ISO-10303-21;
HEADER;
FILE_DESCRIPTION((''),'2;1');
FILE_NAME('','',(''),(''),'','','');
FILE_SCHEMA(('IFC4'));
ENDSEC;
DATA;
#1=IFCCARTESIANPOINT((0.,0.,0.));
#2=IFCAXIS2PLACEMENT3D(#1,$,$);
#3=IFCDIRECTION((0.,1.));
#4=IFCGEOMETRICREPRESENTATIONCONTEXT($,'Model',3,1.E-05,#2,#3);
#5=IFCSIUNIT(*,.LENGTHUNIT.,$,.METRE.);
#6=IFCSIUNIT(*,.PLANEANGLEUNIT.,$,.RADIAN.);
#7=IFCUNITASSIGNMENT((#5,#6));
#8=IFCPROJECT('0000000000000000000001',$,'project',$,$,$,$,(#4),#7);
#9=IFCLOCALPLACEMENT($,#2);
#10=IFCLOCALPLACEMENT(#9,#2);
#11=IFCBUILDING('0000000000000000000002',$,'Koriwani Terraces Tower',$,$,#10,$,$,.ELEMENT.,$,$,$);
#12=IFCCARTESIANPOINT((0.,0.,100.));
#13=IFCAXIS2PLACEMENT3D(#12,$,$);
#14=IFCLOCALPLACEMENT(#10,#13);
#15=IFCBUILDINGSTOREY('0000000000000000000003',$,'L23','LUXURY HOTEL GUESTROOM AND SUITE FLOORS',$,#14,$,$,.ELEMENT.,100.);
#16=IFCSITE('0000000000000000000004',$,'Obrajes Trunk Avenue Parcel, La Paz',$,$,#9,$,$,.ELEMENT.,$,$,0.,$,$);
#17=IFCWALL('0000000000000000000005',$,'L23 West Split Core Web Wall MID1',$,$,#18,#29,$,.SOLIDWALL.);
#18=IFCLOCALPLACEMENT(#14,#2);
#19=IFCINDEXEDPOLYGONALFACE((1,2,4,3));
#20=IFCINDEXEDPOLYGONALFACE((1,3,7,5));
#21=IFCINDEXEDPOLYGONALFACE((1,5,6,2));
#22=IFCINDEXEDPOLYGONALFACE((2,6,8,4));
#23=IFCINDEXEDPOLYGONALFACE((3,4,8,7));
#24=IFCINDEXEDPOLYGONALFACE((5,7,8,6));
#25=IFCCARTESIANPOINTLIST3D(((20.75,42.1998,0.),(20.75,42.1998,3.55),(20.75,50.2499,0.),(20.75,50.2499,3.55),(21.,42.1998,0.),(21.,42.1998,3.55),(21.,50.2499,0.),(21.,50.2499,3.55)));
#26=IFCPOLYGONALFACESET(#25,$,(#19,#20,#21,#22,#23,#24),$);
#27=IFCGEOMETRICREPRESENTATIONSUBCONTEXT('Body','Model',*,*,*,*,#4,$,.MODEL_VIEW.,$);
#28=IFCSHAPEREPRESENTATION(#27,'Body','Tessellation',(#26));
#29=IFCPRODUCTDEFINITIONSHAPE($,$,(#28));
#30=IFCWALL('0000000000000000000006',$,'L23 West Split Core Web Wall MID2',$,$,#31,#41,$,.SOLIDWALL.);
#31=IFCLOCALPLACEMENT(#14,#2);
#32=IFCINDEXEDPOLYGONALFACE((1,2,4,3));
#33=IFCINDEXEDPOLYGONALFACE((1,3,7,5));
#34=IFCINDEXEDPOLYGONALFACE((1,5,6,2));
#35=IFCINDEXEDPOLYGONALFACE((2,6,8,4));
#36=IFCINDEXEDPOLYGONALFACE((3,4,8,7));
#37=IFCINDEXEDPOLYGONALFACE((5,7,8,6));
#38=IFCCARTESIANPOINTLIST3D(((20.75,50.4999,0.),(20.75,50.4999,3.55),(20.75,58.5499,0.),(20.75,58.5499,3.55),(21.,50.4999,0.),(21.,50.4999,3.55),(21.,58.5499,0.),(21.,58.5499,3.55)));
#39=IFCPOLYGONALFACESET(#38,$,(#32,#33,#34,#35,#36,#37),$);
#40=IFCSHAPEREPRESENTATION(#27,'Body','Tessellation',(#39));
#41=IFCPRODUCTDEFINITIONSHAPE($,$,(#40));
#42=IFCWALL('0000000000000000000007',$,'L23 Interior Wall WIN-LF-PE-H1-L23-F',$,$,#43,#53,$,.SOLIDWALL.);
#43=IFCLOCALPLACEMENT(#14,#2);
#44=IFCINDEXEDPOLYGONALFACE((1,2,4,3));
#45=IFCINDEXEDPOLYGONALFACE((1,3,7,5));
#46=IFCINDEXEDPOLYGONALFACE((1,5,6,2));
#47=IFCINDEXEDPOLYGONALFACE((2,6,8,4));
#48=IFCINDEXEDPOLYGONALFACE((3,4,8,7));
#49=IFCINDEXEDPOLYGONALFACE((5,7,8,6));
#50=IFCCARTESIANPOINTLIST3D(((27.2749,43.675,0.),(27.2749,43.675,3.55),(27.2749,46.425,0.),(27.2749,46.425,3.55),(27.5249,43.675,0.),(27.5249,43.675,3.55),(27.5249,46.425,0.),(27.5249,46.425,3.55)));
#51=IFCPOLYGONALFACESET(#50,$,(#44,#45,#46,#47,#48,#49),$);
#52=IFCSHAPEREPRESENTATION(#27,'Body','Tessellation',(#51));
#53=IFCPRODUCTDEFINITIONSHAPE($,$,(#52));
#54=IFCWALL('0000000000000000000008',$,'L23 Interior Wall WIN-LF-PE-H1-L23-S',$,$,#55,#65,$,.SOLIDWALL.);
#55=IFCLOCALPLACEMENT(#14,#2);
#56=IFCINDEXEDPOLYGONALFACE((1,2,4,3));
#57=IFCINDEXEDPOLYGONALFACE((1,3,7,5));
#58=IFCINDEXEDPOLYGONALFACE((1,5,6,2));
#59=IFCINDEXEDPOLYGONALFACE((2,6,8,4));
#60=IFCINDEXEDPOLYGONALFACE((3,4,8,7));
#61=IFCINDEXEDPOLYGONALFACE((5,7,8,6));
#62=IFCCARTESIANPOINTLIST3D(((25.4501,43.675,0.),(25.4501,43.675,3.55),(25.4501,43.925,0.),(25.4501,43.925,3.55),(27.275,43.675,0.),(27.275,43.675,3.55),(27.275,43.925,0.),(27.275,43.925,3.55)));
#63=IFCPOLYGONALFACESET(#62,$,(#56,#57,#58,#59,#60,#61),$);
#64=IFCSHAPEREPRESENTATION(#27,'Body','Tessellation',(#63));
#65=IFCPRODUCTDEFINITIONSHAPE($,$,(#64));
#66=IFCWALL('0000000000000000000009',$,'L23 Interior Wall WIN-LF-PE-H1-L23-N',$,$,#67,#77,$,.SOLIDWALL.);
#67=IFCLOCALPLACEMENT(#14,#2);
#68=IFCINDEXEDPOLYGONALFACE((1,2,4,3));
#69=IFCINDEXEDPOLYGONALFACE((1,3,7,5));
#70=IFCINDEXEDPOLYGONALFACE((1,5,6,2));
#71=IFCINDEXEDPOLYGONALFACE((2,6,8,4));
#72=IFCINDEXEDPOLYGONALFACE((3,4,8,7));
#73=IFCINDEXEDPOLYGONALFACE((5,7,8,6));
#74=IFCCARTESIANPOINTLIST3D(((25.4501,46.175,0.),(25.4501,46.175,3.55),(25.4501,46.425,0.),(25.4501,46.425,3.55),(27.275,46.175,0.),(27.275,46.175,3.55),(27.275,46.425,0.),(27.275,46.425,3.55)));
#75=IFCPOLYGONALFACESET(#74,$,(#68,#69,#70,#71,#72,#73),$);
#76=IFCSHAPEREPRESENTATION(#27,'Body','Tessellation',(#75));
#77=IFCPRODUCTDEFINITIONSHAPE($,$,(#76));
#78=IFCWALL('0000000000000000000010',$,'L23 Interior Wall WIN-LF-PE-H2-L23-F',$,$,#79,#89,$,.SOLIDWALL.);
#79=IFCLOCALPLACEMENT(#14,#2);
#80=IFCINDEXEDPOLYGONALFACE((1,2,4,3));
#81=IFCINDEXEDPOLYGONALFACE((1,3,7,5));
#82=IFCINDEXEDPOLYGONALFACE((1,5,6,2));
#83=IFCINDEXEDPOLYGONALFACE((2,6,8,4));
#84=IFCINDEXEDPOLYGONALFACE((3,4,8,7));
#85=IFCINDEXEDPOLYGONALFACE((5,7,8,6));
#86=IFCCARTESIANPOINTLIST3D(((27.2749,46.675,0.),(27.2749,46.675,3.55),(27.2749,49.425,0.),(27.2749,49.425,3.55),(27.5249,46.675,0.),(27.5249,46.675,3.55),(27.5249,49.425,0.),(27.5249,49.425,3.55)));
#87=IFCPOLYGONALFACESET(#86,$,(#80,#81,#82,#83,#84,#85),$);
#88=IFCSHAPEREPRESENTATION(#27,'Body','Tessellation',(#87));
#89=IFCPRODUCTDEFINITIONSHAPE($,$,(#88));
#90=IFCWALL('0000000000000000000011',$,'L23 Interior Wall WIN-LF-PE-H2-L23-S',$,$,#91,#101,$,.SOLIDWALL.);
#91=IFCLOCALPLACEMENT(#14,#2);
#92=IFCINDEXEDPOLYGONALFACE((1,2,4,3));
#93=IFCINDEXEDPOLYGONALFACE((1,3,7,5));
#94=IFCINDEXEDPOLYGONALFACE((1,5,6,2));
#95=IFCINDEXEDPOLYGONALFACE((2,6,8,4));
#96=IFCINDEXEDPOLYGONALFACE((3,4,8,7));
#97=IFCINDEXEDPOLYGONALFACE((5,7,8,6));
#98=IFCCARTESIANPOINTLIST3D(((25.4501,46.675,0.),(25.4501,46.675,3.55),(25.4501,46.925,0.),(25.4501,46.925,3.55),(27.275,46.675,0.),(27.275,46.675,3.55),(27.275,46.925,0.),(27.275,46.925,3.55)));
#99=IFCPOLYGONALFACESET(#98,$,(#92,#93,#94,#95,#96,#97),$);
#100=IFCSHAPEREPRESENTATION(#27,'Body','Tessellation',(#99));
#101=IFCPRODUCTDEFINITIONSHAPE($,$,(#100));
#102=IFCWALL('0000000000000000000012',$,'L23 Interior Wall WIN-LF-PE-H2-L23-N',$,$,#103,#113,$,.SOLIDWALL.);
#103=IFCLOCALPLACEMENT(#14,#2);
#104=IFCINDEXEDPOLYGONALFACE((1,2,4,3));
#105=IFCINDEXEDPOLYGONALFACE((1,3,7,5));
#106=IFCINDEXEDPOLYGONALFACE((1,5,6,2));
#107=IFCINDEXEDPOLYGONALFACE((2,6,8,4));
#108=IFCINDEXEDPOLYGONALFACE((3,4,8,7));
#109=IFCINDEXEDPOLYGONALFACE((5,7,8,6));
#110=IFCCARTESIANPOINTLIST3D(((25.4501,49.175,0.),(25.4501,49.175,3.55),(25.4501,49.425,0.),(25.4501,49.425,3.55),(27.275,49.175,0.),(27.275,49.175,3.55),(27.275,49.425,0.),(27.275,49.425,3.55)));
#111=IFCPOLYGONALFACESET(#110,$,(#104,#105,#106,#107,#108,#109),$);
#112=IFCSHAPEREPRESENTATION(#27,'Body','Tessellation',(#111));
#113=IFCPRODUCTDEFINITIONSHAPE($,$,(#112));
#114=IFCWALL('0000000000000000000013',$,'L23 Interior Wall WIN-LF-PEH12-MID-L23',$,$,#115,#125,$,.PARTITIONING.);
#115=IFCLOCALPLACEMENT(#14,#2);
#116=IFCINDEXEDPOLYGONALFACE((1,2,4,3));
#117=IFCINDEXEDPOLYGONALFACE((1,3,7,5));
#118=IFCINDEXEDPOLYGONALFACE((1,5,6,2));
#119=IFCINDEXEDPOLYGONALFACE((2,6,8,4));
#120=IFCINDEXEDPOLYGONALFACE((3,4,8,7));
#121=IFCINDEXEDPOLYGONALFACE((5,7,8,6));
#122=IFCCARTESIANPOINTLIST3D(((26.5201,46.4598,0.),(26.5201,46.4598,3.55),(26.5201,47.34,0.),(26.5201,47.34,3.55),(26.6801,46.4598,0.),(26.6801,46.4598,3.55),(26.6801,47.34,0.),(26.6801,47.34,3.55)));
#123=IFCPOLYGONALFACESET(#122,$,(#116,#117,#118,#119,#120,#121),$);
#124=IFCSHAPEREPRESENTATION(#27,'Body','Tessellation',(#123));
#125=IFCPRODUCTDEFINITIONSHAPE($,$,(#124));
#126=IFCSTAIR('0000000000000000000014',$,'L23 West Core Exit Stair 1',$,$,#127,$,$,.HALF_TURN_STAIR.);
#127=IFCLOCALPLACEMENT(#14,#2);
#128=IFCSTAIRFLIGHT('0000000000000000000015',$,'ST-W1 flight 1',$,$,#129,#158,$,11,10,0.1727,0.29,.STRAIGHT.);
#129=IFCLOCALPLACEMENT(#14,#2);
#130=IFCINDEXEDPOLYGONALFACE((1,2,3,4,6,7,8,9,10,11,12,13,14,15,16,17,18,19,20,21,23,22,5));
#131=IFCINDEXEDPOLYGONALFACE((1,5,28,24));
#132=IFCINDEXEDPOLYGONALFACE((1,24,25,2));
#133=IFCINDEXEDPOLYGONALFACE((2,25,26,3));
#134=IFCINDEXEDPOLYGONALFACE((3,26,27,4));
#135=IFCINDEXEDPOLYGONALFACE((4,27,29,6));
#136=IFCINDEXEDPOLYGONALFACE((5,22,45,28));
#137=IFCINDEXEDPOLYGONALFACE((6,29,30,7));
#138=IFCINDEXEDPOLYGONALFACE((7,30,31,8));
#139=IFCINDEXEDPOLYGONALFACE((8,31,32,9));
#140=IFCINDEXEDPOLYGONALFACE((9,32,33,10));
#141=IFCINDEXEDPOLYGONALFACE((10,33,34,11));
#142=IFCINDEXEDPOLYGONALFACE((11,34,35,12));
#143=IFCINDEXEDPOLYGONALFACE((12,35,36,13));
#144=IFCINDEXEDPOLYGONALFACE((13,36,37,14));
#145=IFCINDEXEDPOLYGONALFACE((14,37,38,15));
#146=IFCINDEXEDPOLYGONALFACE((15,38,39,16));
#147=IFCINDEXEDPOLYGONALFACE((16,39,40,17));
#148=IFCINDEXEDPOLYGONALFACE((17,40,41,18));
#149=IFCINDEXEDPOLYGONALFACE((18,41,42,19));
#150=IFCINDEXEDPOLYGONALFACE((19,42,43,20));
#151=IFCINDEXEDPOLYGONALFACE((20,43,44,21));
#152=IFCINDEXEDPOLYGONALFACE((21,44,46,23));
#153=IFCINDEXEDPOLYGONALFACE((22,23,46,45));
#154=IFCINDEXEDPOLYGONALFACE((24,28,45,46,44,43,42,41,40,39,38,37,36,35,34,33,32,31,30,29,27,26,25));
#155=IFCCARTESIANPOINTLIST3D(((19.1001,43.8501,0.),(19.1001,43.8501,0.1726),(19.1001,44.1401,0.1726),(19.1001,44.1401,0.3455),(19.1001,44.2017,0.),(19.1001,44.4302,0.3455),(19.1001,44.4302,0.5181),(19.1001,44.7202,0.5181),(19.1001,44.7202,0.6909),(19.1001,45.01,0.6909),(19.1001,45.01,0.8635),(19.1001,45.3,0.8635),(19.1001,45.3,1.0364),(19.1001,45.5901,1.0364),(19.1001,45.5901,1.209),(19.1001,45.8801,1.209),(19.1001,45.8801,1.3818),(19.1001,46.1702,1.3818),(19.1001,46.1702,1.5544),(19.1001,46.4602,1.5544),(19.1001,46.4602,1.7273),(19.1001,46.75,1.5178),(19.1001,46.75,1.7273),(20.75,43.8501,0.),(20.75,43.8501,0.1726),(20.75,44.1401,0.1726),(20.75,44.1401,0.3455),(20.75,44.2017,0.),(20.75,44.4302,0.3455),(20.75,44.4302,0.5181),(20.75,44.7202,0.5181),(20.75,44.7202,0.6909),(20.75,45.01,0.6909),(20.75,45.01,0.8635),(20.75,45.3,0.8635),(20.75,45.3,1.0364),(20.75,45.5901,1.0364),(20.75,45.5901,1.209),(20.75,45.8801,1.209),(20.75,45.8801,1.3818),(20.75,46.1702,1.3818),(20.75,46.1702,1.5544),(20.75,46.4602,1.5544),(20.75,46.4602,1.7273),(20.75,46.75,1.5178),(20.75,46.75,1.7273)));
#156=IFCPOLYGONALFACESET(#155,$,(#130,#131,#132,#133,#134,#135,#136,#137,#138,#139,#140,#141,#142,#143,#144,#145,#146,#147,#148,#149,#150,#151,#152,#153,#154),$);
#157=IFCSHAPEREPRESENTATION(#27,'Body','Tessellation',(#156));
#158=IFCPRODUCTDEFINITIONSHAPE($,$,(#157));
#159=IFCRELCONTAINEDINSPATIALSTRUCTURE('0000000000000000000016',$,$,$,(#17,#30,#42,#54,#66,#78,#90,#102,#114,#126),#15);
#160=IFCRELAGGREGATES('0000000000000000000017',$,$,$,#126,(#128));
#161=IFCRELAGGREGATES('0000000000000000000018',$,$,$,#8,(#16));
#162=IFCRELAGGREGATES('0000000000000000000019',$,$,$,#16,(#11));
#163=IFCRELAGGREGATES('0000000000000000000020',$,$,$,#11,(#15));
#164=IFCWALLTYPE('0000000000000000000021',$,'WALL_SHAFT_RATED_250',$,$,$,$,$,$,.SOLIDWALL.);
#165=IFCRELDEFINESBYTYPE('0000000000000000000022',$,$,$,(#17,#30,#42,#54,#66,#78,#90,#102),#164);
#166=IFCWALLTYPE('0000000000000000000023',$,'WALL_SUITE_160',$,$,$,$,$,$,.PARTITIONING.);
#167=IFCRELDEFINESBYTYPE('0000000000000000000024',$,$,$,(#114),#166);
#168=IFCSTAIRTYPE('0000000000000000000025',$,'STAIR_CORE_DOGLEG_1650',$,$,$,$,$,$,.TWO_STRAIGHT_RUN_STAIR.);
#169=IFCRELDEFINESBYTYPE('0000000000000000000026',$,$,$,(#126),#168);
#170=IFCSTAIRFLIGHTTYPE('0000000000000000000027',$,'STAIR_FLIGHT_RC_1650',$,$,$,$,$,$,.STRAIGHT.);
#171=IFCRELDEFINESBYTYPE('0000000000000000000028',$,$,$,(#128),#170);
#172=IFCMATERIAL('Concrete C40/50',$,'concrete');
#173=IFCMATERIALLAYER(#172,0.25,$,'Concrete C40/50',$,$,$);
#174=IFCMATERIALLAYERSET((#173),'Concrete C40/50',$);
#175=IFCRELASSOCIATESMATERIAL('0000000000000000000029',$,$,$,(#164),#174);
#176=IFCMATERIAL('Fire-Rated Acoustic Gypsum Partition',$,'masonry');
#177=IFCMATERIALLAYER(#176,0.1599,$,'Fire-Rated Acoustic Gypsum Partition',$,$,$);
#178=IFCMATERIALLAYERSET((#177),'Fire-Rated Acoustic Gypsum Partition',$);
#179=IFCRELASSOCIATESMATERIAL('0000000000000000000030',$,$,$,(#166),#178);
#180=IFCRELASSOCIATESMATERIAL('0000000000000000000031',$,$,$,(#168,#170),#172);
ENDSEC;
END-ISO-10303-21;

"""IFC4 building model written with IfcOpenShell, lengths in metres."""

from ifc_helpers import new_model, si_unit, direction, frame, frame_2d, origin, place, context, subcontext, project, spatial, polyline, rectangle, outline, extrude, material, layer, layer_set, type_object, element, aggregate, save


model = new_model("IFC4")

# Units and contexts
model_context = context("Model", 3, precision=1e-05, world=origin(), true_north=direction((0.0, 1.0)))
body_context = subcontext(model_context, "Body", "Model", "MODEL_VIEW")
ifc_project = project(units=[si_unit("LENGTHUNIT", "METRE"), si_unit("PLANEANGLEUNIT", "RADIAN")], contexts=[model_context])

# Site, building, storey
site_placement = place(None, origin())
site = spatial("IfcSite", under=ifc_project, at=site_placement, Name="Obrajes Trunk Avenue Parcel, La Paz", CompositionType="ELEMENT", RefElevation=0.0)
building_placement = place(site_placement, origin())
building = spatial("IfcBuilding", under=site, at=building_placement, Name="Koriwani Terraces Tower", CompositionType="ELEMENT")
storey_placement = place(building_placement, frame((0.0, 0.0, 100.0)))
storey = spatial("IfcBuildingStorey", under=building, at=storey_placement, Name="L23", Description="LUXURY HOTEL GUESTROOM AND SUITE FLOORS", CompositionType="ELEMENT", Elevation=100.0)

# Walls
ifc_material_1 = material(Name="Concrete C40/50", Category="concrete")
ifc_layer_1 = layer(ifc_material_1, 0.25, Name="Concrete C40/50")
ifc_layer_set_1 = layer_set([ifc_layer_1], Name="Concrete C40/50")
wall_type_1 = type_object("IfcWallType", Name="WALL_SHAFT_RATED_250", PredefinedType="SOLIDWALL", material=ifc_layer_set_1)
for number, where, z_axis, x_axis, name in (
    (1, (20.875, 42.2, 0.0), (0.0, 0.0, 1.0), (0.0, 1.0, 0.0), "L23 West Split Core Web Wall MID1"),
    (2, (20.875, 50.5, 0.0), (0.0, 0.0, 1.0), (0.0, 1.0, 0.0), "L23 West Split Core Web Wall MID2"),
):
    element("IfcWall", number, at=place(storey_placement, frame(where, z_axis=z_axis, x_axis=x_axis)), inside=storey, type_object=wall_type_1, Name=name, PredefinedType="SOLIDWALL", context=body_context, shape_type="SweptSolid", body=[
        extrude(rectangle(XDim=8.05, YDim=0.25, at=frame_2d((4.0249, 0.0))), origin(), (0.0, 0.0, 1.0), 3.55),
    ])

# Walls
wall_1_placement = place(storey_placement, frame((27.3999, 43.675, 0.0), z_axis=(0.0, 0.0, 1.0), x_axis=(0.0, 1.0, 0.0)))
element("IfcWall", 3, at=wall_1_placement, inside=storey, type_object=wall_type_1, Name="L23 Interior Wall WIN-LF-PE-H1-L23-F", PredefinedType="SOLIDWALL", context=body_context, shape_type="SweptSolid", body=[
    extrude(rectangle(XDim=2.75, YDim=0.25, at=frame_2d((1.375, 0.0))), origin(), (0.0, 0.0, 1.0), 3.55),
])
for number, where, z_axis, x_axis, name in (
    (4, (25.45, 43.8, 0.0), (0.0, 0.0, 1.0), (1.0, 0.0, 0.0), "L23 Interior Wall WIN-LF-PE-H1-L23-S"),
    (5, (25.45, 46.3, 0.0), (0.0, 0.0, 1.0), (1.0, 0.0, 0.0), "L23 Interior Wall WIN-LF-PE-H1-L23-N"),
):
    element("IfcWall", number, at=place(storey_placement, frame(where, z_axis=z_axis, x_axis=x_axis)), inside=storey, type_object=wall_type_1, Name=name, PredefinedType="SOLIDWALL", context=body_context, shape_type="SweptSolid", body=[
        extrude(rectangle(XDim=1.825, YDim=0.25, at=frame_2d((0.9126, 0.0))), origin(), (0.0, 0.0, 1.0), 3.55),
    ])
wall_2_placement = place(storey_placement, frame((27.3999, 46.675, 0.0), z_axis=(0.0, 0.0, 1.0), x_axis=(0.0, 1.0, 0.0)))
element("IfcWall", 6, at=wall_2_placement, inside=storey, type_object=wall_type_1, Name="L23 Interior Wall WIN-LF-PE-H2-L23-F", PredefinedType="SOLIDWALL", context=body_context, shape_type="SweptSolid", body=[
    extrude(rectangle(XDim=2.75, YDim=0.25, at=frame_2d((1.375, 0.0))), origin(), (0.0, 0.0, 1.0), 3.55),
])
for number, where, z_axis, x_axis, name in (
    (7, (25.45, 46.8, 0.0), (0.0, 0.0, 1.0), (1.0, 0.0, 0.0), "L23 Interior Wall WIN-LF-PE-H2-L23-S"),
    (8, (25.45, 49.3, 0.0), (0.0, 0.0, 1.0), (1.0, 0.0, 0.0), "L23 Interior Wall WIN-LF-PE-H2-L23-N"),
):
    element("IfcWall", number, at=place(storey_placement, frame(where, z_axis=z_axis, x_axis=x_axis)), inside=storey, type_object=wall_type_1, Name=name, PredefinedType="SOLIDWALL", context=body_context, shape_type="SweptSolid", body=[
        extrude(rectangle(XDim=1.825, YDim=0.25, at=frame_2d((0.9126, 0.0))), origin(), (0.0, 0.0, 1.0), 3.55),
    ])
ifc_material_2 = material(Name="Fire-Rated Acoustic Gypsum Partition", Category="masonry")
ifc_layer_2 = layer(ifc_material_2, 0.1599, Name="Fire-Rated Acoustic Gypsum Partition")
ifc_layer_set_2 = layer_set([ifc_layer_2], Name="Fire-Rated Acoustic Gypsum Partition")
wall_type_2 = type_object("IfcWallType", Name="WALL_SUITE_160", PredefinedType="PARTITIONING", material=ifc_layer_set_2)
wall_3_placement = place(storey_placement, frame((26.6001, 46.46, 0.0), z_axis=(0.0, 0.0, 1.0), x_axis=(0.0, 1.0, 0.0)))
element("IfcWall", 9, at=wall_3_placement, inside=storey, type_object=wall_type_2, Name="L23 Interior Wall WIN-LF-PEH12-MID-L23", PredefinedType="PARTITIONING", context=body_context, shape_type="SweptSolid", body=[
    extrude(rectangle(XDim=0.8801, YDim=0.1599, at=frame_2d((0.4399, 0.0))), origin(), (0.0, 0.0, 1.0), 3.55),
])

# Stair, stair flight
stair_type = type_object("IfcStairType", Name="STAIR_CORE_DOGLEG_1650", PredefinedType="TWO_STRAIGHT_RUN_STAIR", material=ifc_material_1)
stair_placement = place(storey_placement, origin())
stair = element("IfcStair", 10, at=stair_placement, inside=storey, type_object=stair_type, Name="L23 West Core Exit Stair 1", PredefinedType="HALF_TURN_STAIR")
stair_flight_type = type_object("IfcStairFlightType", Name="STAIR_FLIGHT_RC_1650", PredefinedType="STRAIGHT", material=ifc_material_1)
stair_flight_placement = place(storey_placement, frame((19.925, 43.8501, 0.0), z_axis=(0.0, 0.0, 1.0), x_axis=(0.0, 1.0, 0.0)))
stair_flight = element("IfcStairFlight", 11, at=stair_flight_placement, type_object=stair_flight_type, Name="ST-W1 flight 1", NumberOfRisers=11, NumberOfTreads=10, PredefinedType="STRAIGHT", RiserHeight=0.1727, TreadLength=0.29, context=body_context, shape_type="SweptSolid", body=[
    extrude(outline(polyline([(0.0, 0.0), (0.0, 0.1726), (0.29, 0.1726), (0.29, 0.3455), (0.5801, 0.3455), (0.5801, 0.5181), (0.8701, 0.5181), (0.8701, 0.6909), (1.1599, 0.6909), (1.1599, 0.8635), (1.45, 0.8635), (1.45, 1.0364), (1.74, 1.0364), (1.74, 1.209), (2.03, 1.209), (2.03, 1.3818), (2.3201, 1.3818), (2.3201, 1.5544), (2.6101, 1.5544), (2.6101, 1.7273), (2.8999, 1.7273), (2.8999, 1.8999), (2.8999, 1.5178), (0.3516, 0.0), (0.0, 0.0)])), frame((0.0, 0.825, 0.0), z_axis=(0.0, -1.0, 0.0), x_axis=(1.0, 0.0, 0.0)), (0.0, 0.0, 1.0), 1.6499),
])
aggregate(stair, [stair_flight])

save(model, "model.ifc")
